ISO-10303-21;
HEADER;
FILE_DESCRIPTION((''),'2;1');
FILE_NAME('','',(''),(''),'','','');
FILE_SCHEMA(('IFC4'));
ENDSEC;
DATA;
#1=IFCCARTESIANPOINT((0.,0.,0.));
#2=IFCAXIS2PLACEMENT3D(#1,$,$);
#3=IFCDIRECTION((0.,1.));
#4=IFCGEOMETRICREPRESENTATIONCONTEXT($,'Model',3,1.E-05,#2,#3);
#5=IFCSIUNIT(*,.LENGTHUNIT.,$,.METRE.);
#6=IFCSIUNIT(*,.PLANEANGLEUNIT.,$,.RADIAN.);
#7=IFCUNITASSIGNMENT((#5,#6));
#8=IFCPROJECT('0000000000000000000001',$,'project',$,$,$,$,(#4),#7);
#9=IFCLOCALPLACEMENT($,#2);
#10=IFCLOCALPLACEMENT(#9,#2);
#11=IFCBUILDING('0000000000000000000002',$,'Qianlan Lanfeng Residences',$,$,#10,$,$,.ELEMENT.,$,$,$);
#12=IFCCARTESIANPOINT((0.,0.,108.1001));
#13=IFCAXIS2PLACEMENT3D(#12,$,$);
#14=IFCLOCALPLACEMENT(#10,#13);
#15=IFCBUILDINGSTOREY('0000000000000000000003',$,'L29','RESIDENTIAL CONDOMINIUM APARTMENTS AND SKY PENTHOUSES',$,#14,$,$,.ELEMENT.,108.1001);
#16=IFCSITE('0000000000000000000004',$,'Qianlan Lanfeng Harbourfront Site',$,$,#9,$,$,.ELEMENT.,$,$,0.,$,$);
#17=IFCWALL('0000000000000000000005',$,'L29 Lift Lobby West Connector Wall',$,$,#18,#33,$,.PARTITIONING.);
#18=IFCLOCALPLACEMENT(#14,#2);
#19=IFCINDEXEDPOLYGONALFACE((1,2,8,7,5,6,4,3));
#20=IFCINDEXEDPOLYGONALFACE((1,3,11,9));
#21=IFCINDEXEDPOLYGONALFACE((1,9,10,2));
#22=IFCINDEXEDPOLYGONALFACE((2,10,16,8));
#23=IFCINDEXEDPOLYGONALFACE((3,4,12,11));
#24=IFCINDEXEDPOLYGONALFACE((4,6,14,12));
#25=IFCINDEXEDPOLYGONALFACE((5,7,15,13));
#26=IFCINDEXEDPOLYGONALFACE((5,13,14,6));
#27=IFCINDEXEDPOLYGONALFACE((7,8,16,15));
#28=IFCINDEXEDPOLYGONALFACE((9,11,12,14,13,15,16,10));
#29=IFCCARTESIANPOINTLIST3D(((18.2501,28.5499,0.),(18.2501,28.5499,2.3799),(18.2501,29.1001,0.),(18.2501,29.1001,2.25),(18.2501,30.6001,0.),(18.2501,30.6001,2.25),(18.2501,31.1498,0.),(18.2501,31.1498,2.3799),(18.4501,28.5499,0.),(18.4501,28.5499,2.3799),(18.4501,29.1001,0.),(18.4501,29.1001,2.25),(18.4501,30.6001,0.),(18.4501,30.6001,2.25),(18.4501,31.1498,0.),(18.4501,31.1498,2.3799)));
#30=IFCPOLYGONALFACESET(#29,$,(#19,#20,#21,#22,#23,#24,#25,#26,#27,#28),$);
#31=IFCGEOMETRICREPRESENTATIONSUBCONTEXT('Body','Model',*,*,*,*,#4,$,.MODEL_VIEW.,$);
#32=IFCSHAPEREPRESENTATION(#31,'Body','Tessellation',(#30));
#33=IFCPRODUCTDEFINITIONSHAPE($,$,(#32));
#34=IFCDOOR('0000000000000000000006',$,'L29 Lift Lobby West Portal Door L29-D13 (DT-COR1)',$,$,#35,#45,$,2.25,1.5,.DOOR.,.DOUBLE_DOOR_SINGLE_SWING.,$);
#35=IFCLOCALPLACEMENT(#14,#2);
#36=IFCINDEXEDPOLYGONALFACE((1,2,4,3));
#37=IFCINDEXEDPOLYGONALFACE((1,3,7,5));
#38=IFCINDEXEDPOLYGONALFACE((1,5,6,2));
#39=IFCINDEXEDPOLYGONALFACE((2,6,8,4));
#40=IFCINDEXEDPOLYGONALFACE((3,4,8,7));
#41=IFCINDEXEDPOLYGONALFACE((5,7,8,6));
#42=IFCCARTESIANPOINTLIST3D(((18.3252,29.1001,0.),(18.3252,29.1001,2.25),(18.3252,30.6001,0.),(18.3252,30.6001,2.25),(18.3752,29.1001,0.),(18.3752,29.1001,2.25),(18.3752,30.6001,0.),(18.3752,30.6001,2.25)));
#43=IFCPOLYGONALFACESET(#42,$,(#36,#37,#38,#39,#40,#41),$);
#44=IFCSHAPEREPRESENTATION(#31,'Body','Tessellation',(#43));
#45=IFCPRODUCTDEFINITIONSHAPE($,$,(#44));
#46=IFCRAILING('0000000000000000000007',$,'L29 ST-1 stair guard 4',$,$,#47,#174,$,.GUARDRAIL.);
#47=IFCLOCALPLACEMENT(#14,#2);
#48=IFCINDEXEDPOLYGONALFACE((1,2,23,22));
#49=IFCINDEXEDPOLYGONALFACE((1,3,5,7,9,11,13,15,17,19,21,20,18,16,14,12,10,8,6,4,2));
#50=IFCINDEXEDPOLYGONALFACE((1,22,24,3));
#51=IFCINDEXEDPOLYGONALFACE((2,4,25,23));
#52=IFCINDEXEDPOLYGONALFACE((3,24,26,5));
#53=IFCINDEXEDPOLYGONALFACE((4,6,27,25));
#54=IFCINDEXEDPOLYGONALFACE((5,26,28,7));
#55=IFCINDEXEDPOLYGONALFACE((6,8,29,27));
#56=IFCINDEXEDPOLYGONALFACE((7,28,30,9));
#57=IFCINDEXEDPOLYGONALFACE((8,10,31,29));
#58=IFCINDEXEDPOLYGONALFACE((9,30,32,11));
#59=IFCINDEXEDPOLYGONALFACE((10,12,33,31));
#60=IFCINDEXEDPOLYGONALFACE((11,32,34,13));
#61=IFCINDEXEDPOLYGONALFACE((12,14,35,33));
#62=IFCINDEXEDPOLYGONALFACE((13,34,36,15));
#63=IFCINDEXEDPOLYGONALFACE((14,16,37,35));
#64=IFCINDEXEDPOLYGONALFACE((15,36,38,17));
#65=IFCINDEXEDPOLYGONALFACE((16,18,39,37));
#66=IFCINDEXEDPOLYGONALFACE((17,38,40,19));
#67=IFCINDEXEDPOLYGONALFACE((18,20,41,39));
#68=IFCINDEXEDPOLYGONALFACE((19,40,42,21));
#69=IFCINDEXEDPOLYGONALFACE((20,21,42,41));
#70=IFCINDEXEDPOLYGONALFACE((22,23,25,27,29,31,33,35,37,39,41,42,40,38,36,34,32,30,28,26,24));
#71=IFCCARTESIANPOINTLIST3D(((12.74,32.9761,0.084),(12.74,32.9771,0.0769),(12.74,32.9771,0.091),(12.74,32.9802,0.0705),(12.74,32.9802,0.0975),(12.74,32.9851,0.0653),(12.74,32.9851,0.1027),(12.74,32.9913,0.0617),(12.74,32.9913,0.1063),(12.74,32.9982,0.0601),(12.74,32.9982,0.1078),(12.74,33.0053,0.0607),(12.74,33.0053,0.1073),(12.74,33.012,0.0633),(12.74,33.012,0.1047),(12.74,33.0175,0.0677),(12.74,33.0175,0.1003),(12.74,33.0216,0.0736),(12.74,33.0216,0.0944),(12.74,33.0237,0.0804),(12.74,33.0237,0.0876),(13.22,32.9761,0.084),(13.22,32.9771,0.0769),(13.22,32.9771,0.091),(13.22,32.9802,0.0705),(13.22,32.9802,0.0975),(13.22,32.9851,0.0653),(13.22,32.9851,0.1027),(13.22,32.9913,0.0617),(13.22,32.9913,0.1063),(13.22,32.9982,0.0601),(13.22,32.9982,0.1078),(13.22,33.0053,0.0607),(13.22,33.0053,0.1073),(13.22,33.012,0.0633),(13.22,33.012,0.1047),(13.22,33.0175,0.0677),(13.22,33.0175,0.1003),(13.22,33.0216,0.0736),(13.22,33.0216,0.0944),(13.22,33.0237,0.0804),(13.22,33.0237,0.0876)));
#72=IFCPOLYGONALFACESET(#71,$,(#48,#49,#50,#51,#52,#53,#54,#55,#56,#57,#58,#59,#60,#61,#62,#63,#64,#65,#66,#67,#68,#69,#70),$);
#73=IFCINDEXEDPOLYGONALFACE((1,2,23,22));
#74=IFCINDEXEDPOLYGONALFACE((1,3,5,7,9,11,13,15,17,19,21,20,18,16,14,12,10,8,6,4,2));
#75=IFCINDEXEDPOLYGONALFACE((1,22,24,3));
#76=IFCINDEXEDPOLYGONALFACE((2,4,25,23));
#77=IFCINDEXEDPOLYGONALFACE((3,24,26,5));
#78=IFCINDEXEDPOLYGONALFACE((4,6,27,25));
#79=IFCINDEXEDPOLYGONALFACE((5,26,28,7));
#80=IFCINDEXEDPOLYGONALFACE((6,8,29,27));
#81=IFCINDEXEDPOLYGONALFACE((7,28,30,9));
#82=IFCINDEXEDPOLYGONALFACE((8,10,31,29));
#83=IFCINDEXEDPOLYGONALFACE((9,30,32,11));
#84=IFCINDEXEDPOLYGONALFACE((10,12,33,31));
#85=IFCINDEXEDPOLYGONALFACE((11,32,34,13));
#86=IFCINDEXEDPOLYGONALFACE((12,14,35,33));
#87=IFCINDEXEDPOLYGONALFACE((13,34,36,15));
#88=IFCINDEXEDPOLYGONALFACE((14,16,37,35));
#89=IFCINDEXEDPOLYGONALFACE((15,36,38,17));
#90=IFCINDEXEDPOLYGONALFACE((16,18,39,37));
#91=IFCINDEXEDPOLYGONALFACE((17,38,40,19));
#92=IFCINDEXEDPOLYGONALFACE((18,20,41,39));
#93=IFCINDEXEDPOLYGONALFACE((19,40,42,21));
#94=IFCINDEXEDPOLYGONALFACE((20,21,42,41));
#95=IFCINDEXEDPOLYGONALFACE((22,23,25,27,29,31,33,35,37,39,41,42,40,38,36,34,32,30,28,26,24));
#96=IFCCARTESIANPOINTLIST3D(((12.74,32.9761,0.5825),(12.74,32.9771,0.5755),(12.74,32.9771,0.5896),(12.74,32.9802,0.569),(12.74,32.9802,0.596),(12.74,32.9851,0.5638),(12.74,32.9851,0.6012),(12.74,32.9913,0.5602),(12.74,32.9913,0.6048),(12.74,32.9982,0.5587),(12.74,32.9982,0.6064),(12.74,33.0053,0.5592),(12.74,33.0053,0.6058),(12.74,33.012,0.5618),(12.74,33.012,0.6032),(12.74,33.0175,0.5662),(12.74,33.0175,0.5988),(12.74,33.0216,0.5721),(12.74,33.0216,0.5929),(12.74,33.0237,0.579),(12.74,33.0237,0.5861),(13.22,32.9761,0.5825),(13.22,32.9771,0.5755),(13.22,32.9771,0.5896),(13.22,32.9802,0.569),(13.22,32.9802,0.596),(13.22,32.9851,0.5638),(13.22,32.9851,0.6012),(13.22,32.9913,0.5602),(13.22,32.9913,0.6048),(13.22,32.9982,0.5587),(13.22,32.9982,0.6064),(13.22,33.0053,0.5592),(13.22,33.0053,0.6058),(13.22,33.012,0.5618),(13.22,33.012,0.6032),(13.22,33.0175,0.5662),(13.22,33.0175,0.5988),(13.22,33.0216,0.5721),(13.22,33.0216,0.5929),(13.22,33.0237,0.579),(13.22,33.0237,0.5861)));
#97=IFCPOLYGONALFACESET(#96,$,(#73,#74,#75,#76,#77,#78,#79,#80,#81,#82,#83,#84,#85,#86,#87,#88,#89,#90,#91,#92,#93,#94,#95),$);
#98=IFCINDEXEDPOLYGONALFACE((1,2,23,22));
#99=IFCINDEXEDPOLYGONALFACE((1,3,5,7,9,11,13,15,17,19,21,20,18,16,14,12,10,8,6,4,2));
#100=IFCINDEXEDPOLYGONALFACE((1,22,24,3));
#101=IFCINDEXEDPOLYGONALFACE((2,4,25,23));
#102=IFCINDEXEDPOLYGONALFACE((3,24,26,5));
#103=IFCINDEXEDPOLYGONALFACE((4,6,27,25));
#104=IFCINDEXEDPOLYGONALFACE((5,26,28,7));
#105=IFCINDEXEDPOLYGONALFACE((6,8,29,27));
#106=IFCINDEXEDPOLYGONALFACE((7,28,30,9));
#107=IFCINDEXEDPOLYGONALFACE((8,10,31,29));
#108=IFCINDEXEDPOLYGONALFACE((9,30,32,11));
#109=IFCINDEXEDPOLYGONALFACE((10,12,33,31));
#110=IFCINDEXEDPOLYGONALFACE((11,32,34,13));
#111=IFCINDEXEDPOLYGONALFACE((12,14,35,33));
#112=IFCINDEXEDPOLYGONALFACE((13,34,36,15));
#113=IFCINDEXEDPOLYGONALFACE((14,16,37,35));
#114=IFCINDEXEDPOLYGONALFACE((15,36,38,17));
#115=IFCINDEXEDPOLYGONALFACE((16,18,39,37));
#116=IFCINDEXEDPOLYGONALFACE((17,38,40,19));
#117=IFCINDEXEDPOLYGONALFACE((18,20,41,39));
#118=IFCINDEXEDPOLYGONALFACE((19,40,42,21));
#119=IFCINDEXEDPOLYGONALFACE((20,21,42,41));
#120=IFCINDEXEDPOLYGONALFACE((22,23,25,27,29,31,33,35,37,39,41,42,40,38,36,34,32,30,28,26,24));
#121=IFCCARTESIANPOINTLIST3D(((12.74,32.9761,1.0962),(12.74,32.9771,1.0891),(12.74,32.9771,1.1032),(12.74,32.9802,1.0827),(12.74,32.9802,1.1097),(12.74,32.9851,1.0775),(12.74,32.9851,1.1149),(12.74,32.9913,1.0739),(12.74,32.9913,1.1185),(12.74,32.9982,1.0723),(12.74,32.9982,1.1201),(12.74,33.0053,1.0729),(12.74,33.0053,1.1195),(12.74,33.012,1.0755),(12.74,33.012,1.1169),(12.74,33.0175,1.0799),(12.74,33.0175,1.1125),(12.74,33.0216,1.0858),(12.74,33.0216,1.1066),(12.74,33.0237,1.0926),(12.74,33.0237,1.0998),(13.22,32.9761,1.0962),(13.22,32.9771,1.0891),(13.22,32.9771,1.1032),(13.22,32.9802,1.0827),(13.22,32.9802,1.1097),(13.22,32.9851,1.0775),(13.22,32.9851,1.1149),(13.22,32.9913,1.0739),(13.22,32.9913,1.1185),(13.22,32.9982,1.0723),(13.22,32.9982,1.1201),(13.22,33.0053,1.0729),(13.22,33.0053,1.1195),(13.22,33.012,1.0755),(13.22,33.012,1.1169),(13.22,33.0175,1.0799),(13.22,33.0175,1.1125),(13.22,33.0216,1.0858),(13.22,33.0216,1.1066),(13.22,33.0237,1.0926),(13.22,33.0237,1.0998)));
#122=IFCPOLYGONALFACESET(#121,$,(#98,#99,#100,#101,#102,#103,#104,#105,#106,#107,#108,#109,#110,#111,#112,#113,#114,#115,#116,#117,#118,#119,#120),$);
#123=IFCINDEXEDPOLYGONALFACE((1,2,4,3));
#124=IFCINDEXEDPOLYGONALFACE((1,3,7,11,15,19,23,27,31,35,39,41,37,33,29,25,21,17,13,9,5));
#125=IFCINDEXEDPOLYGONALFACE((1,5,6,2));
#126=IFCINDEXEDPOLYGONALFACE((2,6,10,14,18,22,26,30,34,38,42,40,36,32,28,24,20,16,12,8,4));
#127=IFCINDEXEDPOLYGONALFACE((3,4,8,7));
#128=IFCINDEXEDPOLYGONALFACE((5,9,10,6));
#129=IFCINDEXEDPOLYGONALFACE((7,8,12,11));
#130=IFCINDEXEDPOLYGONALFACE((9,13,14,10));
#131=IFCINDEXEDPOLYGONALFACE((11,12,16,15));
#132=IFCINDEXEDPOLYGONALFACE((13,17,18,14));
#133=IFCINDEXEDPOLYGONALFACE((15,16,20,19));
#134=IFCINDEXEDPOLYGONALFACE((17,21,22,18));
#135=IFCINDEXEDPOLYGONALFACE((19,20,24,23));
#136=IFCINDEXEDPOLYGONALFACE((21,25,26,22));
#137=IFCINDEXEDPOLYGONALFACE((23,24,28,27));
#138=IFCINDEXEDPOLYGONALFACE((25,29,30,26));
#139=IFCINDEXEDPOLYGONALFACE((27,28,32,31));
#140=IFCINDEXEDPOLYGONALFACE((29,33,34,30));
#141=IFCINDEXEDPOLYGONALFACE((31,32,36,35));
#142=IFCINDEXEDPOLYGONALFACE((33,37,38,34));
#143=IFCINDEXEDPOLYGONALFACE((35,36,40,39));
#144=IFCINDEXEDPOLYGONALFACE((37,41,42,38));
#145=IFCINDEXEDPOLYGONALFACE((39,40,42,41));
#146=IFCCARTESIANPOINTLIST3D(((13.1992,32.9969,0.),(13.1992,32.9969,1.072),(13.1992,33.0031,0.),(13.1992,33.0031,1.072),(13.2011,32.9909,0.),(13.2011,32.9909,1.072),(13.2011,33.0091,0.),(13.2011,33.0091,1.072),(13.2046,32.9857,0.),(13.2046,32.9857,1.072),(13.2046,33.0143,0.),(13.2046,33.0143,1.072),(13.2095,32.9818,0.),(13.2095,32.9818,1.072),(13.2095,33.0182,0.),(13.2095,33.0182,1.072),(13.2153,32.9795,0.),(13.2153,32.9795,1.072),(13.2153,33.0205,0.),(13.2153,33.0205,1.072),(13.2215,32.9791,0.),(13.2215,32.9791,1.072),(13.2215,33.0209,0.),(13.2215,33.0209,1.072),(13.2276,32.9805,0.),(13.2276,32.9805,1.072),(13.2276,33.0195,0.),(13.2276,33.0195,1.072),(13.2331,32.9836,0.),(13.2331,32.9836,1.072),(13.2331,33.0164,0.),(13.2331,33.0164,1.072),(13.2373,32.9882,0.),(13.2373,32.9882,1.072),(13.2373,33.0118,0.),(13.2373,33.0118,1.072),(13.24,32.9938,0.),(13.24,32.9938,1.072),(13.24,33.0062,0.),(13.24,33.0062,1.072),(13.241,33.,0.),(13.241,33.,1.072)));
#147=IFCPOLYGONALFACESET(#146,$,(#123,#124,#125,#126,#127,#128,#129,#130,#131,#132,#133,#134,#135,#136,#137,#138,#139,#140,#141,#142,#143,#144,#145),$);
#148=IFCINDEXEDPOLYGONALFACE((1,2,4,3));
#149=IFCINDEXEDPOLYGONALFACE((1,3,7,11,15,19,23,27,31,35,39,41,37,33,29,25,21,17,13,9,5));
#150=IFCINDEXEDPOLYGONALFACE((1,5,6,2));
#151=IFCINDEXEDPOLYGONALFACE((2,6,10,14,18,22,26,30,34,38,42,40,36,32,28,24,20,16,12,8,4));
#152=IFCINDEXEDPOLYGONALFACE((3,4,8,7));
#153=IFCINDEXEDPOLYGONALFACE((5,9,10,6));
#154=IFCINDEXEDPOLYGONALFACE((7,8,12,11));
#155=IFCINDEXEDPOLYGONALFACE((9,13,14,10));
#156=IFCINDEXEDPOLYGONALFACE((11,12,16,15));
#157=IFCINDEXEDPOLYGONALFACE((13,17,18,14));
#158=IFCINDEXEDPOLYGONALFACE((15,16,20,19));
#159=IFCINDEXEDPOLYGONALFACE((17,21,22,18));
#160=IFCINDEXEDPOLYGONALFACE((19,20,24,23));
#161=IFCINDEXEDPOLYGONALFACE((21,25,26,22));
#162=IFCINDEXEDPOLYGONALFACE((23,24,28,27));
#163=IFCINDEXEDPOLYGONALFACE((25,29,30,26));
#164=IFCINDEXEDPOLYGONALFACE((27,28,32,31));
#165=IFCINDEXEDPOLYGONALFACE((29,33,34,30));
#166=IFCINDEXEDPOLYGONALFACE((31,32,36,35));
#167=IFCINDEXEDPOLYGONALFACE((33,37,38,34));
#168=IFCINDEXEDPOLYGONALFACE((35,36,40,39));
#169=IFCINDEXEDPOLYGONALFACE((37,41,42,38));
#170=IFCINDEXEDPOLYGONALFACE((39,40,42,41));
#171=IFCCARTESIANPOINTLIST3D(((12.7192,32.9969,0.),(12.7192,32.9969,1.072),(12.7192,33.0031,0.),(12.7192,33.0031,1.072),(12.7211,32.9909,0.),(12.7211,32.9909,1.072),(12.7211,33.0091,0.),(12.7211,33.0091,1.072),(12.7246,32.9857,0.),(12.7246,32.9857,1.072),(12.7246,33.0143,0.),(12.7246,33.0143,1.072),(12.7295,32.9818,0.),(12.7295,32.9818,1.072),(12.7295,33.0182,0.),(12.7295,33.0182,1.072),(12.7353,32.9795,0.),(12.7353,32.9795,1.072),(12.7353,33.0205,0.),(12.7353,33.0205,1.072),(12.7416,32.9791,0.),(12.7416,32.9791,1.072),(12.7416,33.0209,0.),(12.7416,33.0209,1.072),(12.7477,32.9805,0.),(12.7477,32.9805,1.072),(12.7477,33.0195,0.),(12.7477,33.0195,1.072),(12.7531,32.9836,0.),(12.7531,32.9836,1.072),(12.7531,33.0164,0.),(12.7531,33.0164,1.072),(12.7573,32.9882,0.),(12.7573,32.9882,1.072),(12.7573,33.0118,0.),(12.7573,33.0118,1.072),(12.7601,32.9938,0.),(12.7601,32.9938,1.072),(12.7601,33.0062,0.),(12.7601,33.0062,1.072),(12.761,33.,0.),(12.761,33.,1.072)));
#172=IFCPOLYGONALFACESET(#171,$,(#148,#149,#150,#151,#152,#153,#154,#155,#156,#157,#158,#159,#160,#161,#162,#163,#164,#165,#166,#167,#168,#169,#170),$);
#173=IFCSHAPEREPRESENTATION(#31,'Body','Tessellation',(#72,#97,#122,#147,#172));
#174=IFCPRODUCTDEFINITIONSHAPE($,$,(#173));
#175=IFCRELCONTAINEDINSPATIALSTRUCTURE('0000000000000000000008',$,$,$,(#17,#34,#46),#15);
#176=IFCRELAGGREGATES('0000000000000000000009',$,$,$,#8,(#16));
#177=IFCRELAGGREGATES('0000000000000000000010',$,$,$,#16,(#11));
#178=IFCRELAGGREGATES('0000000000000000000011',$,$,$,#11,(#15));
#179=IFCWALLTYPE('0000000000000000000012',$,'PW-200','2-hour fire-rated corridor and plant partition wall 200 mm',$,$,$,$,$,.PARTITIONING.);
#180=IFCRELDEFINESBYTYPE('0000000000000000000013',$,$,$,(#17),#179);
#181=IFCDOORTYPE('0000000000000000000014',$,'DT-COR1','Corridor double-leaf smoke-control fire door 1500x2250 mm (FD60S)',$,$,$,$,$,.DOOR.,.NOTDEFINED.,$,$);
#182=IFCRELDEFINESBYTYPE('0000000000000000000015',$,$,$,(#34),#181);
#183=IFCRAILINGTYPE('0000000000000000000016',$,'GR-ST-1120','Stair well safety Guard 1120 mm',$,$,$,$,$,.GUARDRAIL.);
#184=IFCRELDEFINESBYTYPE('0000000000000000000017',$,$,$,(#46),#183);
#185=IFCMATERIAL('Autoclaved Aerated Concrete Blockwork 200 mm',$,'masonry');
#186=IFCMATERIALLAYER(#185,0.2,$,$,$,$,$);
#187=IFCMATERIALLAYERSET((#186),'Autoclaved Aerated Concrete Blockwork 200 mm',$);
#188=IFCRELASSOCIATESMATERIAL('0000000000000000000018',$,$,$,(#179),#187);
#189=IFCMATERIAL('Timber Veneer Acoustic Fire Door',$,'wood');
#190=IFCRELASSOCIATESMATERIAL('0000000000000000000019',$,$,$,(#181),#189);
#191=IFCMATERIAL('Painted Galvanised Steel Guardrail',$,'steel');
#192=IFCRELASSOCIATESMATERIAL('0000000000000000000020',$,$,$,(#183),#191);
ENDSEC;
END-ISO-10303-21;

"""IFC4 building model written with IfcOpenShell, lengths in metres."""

from ifc_helpers import new_model, si_unit, direction, frame, frame_2d, origin, origin_2d, place, context, subcontext, project, spatial, rectangle, circle, extrude, material, layer, layer_set, type_object, element, fill, save


model = new_model("IFC4")

# Units and contexts
model_context = context("Model", 3, precision=1e-05, world=origin(), true_north=direction((0.0, 1.0)))
body_context = subcontext(model_context, "Body", "Model", "MODEL_VIEW")
ifc_project = project(units=[si_unit("LENGTHUNIT", "METRE"), si_unit("PLANEANGLEUNIT", "RADIAN")], contexts=[model_context])

# Site, building, storey
site_placement = place(None, origin())
site = spatial("IfcSite", under=ifc_project, at=site_placement, Name="Qianlan Lanfeng Harbourfront Site", CompositionType="ELEMENT", RefElevation=0.0)
building_placement = place(site_placement, origin())
building = spatial("IfcBuilding", under=site, at=building_placement, Name="Qianlan Lanfeng Residences", CompositionType="ELEMENT")
storey_placement = place(building_placement, frame((0.0, 0.0, 108.1001)))
storey = spatial("IfcBuildingStorey", under=building, at=storey_placement, Name="L29", Description="RESIDENTIAL CONDOMINIUM APARTMENTS AND SKY PENTHOUSES", CompositionType="ELEMENT", Elevation=108.1001)

# Wall, opening, door
ifc_material_1 = material(Name="Autoclaved Aerated Concrete Blockwork 200 mm", Category="masonry")
ifc_layer_1 = layer(ifc_material_1, 0.2)
ifc_layer_set_1 = layer_set([ifc_layer_1], Name="Autoclaved Aerated Concrete Blockwork 200 mm")
wall_type_1 = type_object("IfcWallType", Name="PW-200", Description="2-hour fire-rated corridor and plant partition wall 200 mm", PredefinedType="PARTITIONING", material=ifc_layer_set_1)
wall_1_placement = place(storey_placement, frame((18.3501, 28.55, 0.0), z_axis=(0.0, 0.0, 1.0), x_axis=(0.0, 1.0, 0.0)))
wall_1 = element("IfcWall", 1, at=wall_1_placement, inside=storey, type_object=wall_type_1, Name="L29 Lift Lobby West Connector Wall", PredefinedType="PARTITIONING", context=body_context, shape_type="SweptSolid", body=[
    extrude(rectangle(XDim=2.5999, YDim=0.2, at=frame_2d((1.2998, 0.0))), origin(), (0.0, 0.0, 1.0), 2.3799),
])
opening_1_placement = place(wall_1_placement, frame((0.55, 0.0, 0.0)))
opening_1 = element("IfcOpeningElement", 2, at=opening_1_placement, cuts=wall_1, PredefinedType="OPENING", context=body_context, shape_type="SweptSolid", body=[
    extrude(rectangle(XDim=1.5, YDim=2.25, at=frame_2d((0.75, 1.125))), frame((0.0, 0.1099, 0.0), z_axis=(0.0, -1.0, 0.0), x_axis=(1.0, 0.0, 0.0)), (0.0, 0.0, 1.0), 0.22),
])
ifc_material_2 = material(Name="Timber Veneer Acoustic Fire Door", Category="wood")
door_type_1 = type_object("IfcDoorType", Name="DT-COR1", Description="Corridor double-leaf smoke-control fire door 1500x2250 mm (FD60S)", OperationType="NOTDEFINED", PredefinedType="DOOR", material=ifc_material_2)
door_1_placement = place(opening_1_placement, origin())
door_1 = element("IfcDoor", 3, at=door_1_placement, inside=storey, type_object=door_type_1, Name="L29 Lift Lobby West Portal Door L29-D13 (DT-COR1)", OperationType="DOUBLE_DOOR_SINGLE_SWING", OverallHeight=2.25, OverallWidth=1.5, PredefinedType="DOOR", context=body_context, shape_type="SweptSolid", body=[
    extrude(rectangle(XDim=1.5, YDim=2.25, at=frame_2d((0.75, 1.125))), frame((0.0, 0.0249, 0.0), z_axis=(0.0, -1.0, 0.0), x_axis=(1.0, 0.0, 0.0)), (0.0, 0.0, 1.0), 0.05),
])
fill(opening_1, door_1)

# Railing
ifc_material_3 = material(Name="Painted Galvanised Steel Guardrail", Category="steel")
railing_type = type_object("IfcRailingType", Name="GR-ST-1120", Description="Stair well safety Guard 1120 mm", PredefinedType="GUARDRAIL", material=ifc_material_3)
railing_placement = place(storey_placement, frame((13.22, 33.0, 0.0)))
element("IfcRailing", 4, at=railing_placement, inside=storey, type_object=railing_type, Name="L29 ST-1 stair guard 4", PredefinedType="GUARDRAIL", context=body_context, shape_type="SweptSolid", body=[
    extrude(circle(Radius=0.0239, at=origin_2d()), frame((0.0, 0.0, 0.084), z_axis=(-1.0, 0.0, 0.0), x_axis=(0.0, -1.0, 0.0)), (0.0, 0.0, 1.0), 0.48),
    extrude(circle(Radius=0.0239, at=origin_2d()), frame((0.0, 0.0, 0.5825), z_axis=(-1.0, 0.0, 0.0), x_axis=(0.0, -1.0, 0.0)), (0.0, 0.0, 1.0), 0.48),
    extrude(circle(Radius=0.0239, at=origin_2d()), frame((0.0, 0.0, 1.0962), z_axis=(-1.0, 0.0, 0.0), x_axis=(0.0, -1.0, 0.0)), (0.0, 0.0, 1.0), 0.48),
    extrude(circle(Radius=0.021, at=origin_2d()), origin(), (0.0, 0.0, 1.0), 1.072),
    extrude(circle(Radius=0.021, at=origin_2d()), frame((-0.48, 0.0, 0.0)), (0.0, 0.0, 1.0), 1.072),
])

save(model, "model.ifc")
